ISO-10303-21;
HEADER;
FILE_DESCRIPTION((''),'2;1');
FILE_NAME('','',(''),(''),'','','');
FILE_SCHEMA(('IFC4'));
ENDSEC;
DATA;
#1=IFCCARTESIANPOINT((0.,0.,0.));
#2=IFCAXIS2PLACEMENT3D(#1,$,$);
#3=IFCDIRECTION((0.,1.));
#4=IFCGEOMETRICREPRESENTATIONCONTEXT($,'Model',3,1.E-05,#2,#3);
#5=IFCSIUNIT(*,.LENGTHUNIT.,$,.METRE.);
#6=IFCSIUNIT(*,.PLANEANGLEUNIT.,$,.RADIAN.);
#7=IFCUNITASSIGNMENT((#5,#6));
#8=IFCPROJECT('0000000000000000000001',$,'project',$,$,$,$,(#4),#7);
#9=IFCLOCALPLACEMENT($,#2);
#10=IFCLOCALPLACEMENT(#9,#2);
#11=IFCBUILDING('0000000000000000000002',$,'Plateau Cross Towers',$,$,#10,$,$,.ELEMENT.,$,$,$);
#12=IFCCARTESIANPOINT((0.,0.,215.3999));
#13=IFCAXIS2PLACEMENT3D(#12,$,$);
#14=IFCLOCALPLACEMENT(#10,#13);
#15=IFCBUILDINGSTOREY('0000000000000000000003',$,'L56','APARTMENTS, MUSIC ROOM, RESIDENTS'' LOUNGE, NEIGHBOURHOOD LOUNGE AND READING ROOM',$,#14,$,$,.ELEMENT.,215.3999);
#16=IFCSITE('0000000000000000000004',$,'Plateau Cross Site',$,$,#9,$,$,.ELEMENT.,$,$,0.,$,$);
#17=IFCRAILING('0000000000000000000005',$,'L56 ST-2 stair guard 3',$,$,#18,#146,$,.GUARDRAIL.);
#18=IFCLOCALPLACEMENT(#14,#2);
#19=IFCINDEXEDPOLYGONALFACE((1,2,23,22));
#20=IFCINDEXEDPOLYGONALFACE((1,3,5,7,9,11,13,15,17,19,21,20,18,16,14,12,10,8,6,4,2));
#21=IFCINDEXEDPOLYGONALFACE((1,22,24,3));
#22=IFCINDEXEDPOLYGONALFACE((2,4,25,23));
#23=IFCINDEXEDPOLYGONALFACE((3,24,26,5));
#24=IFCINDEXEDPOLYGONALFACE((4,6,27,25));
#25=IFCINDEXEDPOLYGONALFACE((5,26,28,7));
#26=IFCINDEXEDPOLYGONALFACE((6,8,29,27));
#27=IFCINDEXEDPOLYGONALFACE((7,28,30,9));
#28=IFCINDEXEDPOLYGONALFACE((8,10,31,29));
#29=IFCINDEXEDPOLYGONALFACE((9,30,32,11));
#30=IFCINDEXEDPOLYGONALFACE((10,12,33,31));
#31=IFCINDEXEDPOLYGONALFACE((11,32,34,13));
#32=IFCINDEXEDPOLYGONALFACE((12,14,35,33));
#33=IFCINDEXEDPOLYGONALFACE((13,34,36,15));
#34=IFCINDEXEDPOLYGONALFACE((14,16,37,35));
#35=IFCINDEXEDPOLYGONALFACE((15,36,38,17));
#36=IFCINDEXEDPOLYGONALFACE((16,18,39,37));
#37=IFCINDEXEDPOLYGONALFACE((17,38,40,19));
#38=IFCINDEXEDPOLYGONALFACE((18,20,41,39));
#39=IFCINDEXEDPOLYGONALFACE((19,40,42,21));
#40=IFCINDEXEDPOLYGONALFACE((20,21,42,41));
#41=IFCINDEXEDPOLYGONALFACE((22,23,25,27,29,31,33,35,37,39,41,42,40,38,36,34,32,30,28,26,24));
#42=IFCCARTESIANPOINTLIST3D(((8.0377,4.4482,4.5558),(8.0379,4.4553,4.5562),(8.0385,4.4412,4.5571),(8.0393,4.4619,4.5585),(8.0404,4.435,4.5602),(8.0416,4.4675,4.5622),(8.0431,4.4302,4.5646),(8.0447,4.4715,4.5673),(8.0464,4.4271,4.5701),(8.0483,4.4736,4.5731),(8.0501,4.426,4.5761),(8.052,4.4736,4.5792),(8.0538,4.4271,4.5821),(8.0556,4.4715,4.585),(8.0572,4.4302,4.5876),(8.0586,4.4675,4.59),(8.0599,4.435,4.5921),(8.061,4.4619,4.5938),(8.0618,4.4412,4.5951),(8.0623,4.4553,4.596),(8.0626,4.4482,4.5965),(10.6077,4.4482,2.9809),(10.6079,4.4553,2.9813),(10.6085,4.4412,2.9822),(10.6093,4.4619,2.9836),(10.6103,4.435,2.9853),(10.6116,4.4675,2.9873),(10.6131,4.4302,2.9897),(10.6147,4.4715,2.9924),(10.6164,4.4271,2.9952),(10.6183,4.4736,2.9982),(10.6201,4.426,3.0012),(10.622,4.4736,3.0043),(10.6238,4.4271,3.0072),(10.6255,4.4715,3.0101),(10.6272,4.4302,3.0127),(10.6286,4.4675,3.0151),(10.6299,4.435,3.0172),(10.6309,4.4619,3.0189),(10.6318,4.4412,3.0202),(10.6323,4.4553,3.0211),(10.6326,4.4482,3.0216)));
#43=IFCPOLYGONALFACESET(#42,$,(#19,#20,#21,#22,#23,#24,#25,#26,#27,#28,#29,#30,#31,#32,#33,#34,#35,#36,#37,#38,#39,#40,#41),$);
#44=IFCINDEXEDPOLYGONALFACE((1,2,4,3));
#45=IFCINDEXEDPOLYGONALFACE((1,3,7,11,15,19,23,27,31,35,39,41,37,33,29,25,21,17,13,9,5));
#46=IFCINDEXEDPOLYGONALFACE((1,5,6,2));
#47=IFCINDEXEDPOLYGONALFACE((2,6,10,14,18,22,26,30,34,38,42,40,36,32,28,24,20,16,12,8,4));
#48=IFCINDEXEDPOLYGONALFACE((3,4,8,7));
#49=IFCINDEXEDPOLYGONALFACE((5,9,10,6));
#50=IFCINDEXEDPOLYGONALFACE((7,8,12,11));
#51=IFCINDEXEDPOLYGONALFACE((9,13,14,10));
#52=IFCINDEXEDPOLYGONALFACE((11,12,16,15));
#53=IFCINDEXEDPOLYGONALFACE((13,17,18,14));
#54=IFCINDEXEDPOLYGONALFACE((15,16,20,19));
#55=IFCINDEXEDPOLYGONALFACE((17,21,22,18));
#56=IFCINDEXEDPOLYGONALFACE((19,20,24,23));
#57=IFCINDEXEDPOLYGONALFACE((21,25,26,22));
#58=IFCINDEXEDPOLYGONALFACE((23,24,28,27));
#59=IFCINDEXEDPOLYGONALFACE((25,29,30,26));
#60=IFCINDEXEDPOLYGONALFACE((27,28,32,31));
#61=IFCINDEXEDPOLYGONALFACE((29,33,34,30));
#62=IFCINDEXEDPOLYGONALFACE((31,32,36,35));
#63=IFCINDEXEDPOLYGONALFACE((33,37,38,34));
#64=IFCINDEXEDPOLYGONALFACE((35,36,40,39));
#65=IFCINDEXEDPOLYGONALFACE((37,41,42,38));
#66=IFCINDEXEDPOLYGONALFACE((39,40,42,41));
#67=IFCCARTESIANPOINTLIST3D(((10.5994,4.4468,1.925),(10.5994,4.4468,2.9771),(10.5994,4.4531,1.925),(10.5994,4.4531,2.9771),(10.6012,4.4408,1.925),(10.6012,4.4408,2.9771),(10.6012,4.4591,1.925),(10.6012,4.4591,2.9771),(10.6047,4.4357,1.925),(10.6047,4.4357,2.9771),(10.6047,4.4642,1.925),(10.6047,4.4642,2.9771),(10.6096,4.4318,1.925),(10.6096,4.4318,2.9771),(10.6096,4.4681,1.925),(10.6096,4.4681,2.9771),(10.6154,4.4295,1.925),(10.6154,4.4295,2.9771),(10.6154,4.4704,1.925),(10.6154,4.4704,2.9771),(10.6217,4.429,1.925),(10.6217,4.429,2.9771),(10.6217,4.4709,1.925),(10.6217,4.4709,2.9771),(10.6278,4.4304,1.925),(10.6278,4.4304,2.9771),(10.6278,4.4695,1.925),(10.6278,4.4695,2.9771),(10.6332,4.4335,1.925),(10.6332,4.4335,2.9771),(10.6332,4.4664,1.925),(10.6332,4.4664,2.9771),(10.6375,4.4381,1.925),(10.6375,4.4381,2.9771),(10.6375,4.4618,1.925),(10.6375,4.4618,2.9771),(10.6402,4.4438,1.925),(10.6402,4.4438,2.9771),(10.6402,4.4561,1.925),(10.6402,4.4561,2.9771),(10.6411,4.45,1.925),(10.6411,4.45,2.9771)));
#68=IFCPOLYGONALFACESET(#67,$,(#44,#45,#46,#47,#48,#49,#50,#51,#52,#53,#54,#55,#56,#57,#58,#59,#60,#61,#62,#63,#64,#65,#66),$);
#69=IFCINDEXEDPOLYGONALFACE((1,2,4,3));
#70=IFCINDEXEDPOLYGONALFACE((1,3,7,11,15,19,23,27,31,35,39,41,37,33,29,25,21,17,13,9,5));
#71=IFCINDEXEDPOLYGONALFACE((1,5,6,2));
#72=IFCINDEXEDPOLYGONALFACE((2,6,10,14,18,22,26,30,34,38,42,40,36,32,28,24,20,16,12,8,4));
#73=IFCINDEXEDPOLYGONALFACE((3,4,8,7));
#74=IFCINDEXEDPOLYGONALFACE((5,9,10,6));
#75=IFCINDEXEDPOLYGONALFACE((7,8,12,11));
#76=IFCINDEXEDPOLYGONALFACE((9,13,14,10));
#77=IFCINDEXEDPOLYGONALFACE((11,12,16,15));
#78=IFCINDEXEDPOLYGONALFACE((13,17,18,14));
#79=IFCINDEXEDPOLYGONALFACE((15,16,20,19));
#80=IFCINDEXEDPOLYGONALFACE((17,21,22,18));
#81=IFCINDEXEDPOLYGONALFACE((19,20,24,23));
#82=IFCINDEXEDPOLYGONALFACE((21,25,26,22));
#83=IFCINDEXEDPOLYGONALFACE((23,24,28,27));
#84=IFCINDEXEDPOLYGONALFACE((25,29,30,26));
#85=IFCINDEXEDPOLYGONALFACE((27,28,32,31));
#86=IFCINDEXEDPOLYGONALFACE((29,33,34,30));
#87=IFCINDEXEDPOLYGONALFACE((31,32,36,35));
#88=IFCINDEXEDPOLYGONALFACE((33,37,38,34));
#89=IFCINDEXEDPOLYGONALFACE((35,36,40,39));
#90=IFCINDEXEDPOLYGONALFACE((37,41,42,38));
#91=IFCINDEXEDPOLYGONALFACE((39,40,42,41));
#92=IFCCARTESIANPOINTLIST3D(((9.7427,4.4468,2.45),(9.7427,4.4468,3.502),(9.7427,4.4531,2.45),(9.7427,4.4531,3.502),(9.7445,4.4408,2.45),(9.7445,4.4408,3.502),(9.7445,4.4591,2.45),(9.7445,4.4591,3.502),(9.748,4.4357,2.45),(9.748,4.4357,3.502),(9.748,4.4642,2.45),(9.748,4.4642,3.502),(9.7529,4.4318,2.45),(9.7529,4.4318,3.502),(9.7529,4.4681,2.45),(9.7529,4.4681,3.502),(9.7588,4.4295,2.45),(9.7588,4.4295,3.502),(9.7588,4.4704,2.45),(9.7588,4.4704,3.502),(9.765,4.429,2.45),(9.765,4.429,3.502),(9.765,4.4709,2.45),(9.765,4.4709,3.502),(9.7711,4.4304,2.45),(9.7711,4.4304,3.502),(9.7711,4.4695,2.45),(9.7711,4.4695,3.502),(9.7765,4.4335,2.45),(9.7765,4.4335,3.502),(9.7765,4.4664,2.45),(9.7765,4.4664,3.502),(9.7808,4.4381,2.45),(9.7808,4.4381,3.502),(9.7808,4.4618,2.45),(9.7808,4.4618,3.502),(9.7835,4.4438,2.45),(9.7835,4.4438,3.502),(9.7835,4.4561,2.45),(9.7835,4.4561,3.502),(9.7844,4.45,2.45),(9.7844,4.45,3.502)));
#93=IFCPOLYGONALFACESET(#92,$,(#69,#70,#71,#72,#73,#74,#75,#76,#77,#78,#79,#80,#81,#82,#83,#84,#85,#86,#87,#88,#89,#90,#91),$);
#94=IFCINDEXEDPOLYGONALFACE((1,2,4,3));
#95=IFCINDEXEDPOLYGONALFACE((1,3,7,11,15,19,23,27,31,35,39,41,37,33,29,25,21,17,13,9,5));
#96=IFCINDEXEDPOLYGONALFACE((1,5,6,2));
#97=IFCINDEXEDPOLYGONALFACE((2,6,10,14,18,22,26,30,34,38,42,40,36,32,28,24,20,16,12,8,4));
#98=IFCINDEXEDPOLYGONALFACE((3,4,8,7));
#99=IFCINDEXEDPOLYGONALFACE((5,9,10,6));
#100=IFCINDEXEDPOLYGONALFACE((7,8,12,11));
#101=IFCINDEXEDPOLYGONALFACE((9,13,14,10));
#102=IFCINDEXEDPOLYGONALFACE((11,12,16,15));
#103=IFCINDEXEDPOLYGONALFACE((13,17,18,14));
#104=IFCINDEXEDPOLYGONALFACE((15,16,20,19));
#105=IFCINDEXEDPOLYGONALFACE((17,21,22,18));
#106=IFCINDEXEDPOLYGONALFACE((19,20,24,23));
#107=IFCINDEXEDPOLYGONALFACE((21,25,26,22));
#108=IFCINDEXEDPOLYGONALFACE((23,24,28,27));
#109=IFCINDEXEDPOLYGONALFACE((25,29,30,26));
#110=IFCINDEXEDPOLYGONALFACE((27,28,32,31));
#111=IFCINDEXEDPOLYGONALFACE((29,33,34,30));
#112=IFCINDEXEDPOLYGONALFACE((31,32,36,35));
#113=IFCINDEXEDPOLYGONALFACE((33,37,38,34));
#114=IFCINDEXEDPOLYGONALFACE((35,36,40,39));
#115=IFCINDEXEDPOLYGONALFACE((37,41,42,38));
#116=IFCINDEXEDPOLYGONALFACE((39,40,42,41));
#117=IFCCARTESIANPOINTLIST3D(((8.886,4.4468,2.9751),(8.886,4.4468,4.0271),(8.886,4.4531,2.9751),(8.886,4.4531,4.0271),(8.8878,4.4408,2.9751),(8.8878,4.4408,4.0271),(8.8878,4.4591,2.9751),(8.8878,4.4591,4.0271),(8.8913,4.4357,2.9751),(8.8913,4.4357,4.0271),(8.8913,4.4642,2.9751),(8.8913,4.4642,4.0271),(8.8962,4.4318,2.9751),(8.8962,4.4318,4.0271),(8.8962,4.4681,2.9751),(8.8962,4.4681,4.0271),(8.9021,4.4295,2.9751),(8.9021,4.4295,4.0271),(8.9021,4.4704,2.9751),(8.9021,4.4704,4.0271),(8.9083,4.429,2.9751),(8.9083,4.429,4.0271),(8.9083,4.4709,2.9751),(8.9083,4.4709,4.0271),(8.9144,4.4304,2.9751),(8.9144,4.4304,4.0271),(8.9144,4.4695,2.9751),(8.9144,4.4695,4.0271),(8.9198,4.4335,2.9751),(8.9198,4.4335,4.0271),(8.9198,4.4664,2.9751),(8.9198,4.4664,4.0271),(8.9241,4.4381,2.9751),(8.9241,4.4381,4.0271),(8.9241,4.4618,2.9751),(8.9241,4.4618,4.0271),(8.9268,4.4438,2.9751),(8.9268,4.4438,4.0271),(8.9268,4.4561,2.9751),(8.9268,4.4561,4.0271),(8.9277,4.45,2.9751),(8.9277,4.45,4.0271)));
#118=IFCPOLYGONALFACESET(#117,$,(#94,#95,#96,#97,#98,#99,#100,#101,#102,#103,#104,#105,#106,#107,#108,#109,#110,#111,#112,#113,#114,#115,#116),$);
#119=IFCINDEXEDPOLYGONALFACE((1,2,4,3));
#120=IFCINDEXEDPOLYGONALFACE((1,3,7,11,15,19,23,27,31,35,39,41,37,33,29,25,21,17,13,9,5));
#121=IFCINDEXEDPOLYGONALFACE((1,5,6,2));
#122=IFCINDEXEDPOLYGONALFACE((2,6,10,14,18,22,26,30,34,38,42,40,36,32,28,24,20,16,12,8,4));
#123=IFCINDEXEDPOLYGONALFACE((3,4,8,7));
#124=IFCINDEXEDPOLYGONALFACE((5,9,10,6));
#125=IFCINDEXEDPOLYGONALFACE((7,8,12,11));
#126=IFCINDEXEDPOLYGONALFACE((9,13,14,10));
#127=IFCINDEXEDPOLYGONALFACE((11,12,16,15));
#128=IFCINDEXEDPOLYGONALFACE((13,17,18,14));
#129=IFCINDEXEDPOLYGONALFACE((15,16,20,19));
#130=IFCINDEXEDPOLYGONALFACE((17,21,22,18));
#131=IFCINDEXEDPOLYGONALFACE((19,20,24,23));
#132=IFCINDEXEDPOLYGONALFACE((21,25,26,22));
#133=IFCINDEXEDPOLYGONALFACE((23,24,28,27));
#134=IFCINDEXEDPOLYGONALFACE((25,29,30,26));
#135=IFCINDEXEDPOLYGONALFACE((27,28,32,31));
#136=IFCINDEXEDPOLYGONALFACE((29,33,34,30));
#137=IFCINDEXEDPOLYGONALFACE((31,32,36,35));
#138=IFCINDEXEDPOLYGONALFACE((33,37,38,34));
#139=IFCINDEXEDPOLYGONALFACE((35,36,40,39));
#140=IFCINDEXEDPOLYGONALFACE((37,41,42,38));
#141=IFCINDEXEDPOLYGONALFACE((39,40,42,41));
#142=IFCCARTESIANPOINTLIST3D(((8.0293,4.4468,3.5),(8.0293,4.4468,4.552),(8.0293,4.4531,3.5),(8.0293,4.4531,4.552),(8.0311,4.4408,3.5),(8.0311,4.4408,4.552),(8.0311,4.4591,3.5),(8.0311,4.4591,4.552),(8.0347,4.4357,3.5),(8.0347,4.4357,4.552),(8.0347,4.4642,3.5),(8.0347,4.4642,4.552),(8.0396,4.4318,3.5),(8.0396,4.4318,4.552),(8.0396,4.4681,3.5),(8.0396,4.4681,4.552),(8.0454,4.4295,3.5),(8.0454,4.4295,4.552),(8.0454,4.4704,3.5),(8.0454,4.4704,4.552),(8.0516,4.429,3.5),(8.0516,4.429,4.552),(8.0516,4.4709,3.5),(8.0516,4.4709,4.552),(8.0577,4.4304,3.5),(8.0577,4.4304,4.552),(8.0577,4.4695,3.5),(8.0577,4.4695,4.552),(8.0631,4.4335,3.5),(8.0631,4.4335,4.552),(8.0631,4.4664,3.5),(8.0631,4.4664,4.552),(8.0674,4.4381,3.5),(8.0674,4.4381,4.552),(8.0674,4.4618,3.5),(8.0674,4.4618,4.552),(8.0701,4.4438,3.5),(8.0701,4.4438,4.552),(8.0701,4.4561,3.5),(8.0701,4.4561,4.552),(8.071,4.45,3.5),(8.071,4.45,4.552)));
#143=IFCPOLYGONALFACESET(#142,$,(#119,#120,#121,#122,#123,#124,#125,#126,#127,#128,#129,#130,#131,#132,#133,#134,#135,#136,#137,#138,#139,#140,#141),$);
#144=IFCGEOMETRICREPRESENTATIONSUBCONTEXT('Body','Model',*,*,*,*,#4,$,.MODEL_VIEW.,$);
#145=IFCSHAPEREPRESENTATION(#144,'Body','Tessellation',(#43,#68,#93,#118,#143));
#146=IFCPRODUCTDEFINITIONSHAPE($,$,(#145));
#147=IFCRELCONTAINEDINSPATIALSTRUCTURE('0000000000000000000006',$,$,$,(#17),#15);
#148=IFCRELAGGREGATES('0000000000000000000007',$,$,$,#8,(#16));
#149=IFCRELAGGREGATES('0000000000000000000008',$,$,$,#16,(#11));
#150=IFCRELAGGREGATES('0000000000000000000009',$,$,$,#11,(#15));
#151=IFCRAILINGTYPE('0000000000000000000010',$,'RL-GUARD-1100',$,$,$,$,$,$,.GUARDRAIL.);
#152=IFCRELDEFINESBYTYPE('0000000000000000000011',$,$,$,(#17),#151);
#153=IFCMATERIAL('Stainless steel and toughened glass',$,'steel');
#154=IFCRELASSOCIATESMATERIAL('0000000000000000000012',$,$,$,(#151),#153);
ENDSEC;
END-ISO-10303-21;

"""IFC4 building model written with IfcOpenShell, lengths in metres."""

from ifc_helpers import new_model, si_unit, direction, frame, origin, origin_2d, place, context, subcontext, project, spatial, circle, extrude, material, type_object, element, save


model = new_model("IFC4")

# Units and contexts
model_context = context("Model", 3, precision=1e-05, world=origin(), true_north=direction((0.0, 1.0)))
body_context = subcontext(model_context, "Body", "Model", "MODEL_VIEW")
ifc_project = project(units=[si_unit("LENGTHUNIT", "METRE"), si_unit("PLANEANGLEUNIT", "RADIAN")], contexts=[model_context])

# Site, building, storey
site_placement = place(None, origin())
site = spatial("IfcSite", under=ifc_project, at=site_placement, Name="Plateau Cross Site", CompositionType="ELEMENT", RefElevation=0.0)
building_placement = place(site_placement, origin())
building = spatial("IfcBuilding", under=site, at=building_placement, Name="Plateau Cross Towers", CompositionType="ELEMENT")
storey_placement = place(building_placement, frame((0.0, 0.0, 215.3999)))
storey = spatial("IfcBuildingStorey", under=building, at=storey_placement, Name="L56", Description="APARTMENTS, MUSIC ROOM, RESIDENTS' LOUNGE, NEIGHBOURHOOD LOUNGE AND READING ROOM", CompositionType="ELEMENT", Elevation=215.3999)

# Railing
ifc_material_1 = material(Name="Stainless steel and toughened glass", Category="steel")
railing_type_1 = type_object("IfcRailingType", Name="RL-GUARD-1100", PredefinedType="GUARDRAIL", material=ifc_material_1)
railing_1_placement = place(storey_placement, frame((10.6201, 4.45, 1.925)))
element("IfcRailing", 1, at=railing_1_placement, inside=storey, type_object=railing_type_1, Name="L56 ST-2 stair guard 3", PredefinedType="GUARDRAIL", context=body_context, shape_type="SweptSolid", body=[
    extrude(circle(Radius=0.0239, at=origin_2d()), frame((0.0, 0.0, 1.0762), z_axis=(-0.852639, 0.0, 0.522501), x_axis=(0.0, -1.0, 0.0)), (0.0, 0.0, 1.0), 3.0142),
    extrude(circle(Radius=0.021, at=origin_2d()), origin(), (0.0, 0.0, 1.0), 1.052),
    extrude(circle(Radius=0.021, at=origin_2d()), frame((-0.8567, 0.0, 0.5249)), (0.0, 0.0, 1.0), 1.052),
    extrude(circle(Radius=0.021, at=origin_2d()), frame((-1.7134, 0.0, 1.05)), (0.0, 0.0, 1.0), 1.052),
    extrude(circle(Radius=0.021, at=origin_2d()), frame((-2.5701, 0.0, 1.575)), (0.0, 0.0, 1.0), 1.052),
])

save(model, "model.ifc")
